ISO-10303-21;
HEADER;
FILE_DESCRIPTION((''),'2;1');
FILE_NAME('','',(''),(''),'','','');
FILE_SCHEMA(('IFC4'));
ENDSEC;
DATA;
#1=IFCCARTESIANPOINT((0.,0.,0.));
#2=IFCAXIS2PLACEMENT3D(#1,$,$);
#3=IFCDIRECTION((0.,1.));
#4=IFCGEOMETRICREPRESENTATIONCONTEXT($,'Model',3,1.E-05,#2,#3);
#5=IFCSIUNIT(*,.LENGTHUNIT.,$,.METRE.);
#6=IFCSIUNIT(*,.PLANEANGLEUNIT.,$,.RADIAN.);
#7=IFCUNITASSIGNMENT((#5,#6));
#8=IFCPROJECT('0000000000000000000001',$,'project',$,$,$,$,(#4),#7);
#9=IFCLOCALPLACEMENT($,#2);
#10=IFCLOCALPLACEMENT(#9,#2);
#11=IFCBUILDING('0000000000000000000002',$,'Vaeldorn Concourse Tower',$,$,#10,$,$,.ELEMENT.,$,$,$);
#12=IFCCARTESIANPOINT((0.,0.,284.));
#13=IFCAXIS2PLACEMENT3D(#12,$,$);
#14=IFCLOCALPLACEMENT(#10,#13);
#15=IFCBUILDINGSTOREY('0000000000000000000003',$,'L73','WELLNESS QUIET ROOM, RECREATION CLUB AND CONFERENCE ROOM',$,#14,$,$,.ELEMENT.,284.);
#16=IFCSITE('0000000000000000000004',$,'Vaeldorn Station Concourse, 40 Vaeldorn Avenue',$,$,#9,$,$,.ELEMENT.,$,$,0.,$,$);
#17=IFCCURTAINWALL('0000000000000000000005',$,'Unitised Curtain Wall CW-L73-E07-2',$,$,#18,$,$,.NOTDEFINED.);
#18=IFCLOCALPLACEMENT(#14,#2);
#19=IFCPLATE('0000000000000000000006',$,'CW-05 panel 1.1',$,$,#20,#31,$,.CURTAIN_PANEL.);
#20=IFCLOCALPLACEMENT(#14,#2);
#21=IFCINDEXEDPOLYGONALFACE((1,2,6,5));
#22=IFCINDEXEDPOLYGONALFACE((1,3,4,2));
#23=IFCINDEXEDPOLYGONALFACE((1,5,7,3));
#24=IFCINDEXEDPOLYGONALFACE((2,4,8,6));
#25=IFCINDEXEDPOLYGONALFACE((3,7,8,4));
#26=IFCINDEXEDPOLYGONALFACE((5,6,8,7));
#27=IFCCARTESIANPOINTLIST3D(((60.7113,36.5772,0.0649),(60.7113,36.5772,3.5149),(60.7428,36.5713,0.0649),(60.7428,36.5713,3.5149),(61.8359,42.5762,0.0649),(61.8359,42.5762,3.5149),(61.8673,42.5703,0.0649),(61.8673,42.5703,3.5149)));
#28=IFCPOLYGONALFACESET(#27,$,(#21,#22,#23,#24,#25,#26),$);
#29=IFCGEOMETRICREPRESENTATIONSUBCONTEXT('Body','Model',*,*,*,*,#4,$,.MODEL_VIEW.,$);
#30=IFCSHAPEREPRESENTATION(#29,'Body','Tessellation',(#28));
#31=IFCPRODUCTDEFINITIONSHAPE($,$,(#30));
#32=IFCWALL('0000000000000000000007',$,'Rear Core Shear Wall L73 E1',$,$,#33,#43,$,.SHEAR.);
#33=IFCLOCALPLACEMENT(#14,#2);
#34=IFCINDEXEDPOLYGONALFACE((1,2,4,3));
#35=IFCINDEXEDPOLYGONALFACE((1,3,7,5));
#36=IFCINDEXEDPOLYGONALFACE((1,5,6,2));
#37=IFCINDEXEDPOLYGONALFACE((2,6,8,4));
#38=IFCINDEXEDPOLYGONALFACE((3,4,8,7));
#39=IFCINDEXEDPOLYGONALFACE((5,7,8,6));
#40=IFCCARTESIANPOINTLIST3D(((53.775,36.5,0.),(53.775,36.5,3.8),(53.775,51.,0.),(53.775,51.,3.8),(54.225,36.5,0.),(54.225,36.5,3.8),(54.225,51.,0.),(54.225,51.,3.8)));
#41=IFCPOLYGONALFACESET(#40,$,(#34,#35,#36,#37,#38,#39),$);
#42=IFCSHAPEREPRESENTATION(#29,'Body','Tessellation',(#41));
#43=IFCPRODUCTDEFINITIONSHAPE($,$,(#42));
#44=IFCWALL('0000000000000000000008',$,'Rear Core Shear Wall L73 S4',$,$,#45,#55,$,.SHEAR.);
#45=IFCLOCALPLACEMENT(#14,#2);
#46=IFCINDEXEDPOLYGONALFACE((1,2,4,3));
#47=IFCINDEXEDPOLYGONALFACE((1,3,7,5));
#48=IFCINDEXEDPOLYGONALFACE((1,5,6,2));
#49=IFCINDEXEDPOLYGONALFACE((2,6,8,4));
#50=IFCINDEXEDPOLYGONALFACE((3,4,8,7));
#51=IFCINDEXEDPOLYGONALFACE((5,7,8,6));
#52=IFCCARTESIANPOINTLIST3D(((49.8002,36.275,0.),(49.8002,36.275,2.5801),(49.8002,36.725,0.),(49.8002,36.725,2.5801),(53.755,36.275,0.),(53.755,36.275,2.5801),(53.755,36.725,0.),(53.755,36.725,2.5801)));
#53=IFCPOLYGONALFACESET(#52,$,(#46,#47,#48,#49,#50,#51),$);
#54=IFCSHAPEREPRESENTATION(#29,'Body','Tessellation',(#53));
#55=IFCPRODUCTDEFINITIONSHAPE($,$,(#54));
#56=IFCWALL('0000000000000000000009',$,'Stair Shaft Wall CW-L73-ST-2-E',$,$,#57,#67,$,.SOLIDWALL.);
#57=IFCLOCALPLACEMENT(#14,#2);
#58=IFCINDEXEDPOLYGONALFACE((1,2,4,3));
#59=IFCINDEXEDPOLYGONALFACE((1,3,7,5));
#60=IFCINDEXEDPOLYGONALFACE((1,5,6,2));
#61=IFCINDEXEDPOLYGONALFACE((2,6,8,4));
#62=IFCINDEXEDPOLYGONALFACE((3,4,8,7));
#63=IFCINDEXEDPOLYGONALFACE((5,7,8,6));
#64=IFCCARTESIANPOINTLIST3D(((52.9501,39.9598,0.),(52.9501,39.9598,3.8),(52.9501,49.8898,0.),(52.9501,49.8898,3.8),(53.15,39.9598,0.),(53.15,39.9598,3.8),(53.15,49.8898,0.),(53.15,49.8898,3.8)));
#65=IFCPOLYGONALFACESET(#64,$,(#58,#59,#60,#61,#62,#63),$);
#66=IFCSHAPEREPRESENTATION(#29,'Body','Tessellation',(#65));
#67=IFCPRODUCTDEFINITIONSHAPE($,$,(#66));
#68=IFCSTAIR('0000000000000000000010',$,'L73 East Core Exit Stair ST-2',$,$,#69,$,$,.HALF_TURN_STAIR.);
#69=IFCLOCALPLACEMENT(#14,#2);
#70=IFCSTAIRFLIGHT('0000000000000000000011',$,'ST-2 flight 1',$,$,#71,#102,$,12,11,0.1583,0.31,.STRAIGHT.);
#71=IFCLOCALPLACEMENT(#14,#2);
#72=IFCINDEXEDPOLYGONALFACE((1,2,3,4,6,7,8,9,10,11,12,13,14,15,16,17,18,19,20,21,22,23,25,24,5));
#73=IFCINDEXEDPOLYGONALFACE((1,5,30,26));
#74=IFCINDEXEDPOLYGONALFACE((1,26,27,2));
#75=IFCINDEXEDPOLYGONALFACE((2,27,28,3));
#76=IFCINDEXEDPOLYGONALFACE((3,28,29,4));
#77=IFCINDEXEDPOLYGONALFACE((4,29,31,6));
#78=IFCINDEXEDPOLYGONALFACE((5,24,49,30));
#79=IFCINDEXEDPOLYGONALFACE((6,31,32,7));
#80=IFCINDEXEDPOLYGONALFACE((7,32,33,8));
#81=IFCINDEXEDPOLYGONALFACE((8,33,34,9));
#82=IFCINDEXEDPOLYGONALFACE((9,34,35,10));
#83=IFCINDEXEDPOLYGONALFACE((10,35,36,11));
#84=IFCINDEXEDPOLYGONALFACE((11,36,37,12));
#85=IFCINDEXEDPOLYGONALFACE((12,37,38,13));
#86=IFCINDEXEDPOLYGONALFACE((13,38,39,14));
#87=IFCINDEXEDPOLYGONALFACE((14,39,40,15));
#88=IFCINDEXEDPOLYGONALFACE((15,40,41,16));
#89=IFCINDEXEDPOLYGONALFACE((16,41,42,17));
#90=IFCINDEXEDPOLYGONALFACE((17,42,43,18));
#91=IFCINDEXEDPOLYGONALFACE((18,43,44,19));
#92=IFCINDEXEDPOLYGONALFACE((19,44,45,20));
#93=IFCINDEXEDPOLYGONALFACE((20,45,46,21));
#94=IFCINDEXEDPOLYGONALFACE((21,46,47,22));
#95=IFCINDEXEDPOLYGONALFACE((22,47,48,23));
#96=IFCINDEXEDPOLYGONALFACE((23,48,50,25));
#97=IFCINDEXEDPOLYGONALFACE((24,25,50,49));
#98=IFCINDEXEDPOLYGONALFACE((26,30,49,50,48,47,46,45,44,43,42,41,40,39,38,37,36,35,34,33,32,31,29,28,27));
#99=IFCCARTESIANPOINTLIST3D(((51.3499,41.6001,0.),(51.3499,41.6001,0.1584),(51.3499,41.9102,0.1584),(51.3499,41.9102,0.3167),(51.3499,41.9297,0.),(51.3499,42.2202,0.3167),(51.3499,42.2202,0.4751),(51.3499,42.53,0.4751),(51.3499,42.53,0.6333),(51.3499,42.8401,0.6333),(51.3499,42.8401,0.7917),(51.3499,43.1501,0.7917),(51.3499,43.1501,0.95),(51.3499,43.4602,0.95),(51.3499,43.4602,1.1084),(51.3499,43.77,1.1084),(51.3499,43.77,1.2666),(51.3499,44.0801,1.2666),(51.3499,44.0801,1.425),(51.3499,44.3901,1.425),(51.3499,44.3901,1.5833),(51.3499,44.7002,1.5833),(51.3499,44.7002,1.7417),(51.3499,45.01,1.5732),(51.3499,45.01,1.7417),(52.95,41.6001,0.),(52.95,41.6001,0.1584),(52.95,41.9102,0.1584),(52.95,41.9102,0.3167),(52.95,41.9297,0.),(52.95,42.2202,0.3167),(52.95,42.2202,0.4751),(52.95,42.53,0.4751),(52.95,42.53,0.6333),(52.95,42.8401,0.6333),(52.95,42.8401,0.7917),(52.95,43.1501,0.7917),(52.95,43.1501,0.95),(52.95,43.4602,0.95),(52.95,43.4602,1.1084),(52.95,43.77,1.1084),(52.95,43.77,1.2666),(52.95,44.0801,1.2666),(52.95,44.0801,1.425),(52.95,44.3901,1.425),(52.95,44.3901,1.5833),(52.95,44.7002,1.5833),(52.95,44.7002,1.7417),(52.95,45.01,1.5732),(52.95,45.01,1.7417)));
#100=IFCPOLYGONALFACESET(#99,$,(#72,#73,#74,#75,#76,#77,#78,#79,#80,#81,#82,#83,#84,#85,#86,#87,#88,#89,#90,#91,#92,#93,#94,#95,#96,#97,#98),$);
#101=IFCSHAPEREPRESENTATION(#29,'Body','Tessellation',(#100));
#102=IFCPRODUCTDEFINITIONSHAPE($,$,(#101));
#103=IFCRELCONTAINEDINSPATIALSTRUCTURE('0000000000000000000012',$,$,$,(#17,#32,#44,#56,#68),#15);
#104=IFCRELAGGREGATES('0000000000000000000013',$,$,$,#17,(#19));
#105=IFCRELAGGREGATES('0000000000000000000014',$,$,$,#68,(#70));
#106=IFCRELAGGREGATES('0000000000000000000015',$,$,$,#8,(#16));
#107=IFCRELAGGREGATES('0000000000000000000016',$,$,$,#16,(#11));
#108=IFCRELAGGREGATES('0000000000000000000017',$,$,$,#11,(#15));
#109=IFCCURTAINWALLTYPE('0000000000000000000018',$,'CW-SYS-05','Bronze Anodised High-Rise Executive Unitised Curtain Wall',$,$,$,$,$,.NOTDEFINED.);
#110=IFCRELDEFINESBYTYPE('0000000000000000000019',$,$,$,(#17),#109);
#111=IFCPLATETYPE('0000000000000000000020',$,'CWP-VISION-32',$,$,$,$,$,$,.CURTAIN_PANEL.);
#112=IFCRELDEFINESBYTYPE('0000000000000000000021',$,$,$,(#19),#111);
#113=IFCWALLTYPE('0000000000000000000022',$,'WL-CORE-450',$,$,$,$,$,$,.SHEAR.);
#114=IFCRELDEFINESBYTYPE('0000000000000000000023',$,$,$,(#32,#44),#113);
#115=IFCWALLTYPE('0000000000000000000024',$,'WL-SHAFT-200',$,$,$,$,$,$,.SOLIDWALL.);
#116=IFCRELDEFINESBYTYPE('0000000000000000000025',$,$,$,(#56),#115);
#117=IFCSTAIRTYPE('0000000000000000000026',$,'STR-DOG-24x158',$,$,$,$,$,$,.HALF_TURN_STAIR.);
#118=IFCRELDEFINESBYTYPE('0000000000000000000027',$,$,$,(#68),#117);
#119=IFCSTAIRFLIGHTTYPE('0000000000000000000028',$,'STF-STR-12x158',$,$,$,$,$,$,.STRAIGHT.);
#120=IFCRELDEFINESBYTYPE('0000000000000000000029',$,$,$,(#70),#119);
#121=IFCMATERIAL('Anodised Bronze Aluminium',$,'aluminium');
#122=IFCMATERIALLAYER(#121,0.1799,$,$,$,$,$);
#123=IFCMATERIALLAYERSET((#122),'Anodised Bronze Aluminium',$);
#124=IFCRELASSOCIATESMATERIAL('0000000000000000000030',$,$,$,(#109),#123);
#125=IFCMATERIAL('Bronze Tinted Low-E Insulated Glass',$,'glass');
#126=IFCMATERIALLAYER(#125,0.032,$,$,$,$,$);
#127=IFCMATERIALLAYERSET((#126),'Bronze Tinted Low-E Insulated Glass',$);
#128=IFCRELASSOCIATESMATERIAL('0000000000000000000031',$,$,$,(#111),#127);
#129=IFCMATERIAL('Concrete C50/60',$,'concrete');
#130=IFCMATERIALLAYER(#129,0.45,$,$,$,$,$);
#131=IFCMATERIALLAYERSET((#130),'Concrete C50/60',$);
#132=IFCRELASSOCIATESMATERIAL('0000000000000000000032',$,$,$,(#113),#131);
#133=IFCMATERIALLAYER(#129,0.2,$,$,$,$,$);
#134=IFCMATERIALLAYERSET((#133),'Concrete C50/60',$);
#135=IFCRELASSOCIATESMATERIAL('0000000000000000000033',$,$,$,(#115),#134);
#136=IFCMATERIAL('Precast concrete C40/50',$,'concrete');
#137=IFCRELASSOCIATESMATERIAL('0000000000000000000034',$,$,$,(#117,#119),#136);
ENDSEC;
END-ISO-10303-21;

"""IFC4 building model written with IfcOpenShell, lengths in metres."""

from ifc_helpers import new_model, si_unit, direction, frame, frame_2d, origin, origin_2d, place, context, subcontext, project, spatial, polyline, rectangle, outline, extrude, source, transform, mapped, material, layer, layer_set, type_object, element, aggregate, save


model = new_model("IFC4")

# Units and contexts
model_context = context("Model", 3, precision=1e-05, world=origin(), true_north=direction((0.0, 1.0)))
body_context = subcontext(model_context, "Body", "Model", "MODEL_VIEW")
ifc_project = project(units=[si_unit("LENGTHUNIT", "METRE"), si_unit("PLANEANGLEUNIT", "RADIAN")], contexts=[model_context])

# Site, building, storey
site_placement = place(None, origin())
site = spatial("IfcSite", under=ifc_project, at=site_placement, Name="Vaeldorn Station Concourse, 40 Vaeldorn Avenue", CompositionType="ELEMENT", RefElevation=0.0)
building_placement = place(site_placement, origin())
building = spatial("IfcBuilding", under=site, at=building_placement, Name="Vaeldorn Concourse Tower", CompositionType="ELEMENT")
storey_placement = place(building_placement, frame((0.0, 0.0, 284.0)))
storey = spatial("IfcBuildingStorey", under=building, at=storey_placement, Name="L73", Description="WELLNESS QUIET ROOM, RECREATION CLUB AND CONFERENCE ROOM", CompositionType="ELEMENT", Elevation=284.0)

# Shared definitions
ifc_material_1 = material(Name="Concrete C50/60", Category="concrete")

# Shared definitions
ifc_material_2 = material(Name="Anodised Bronze Aluminium", Category="aluminium")
ifc_layer_1 = layer(ifc_material_2, 0.1799)
ifc_layer_set_1 = layer_set([ifc_layer_1], Name="Anodised Bronze Aluminium")
curtain_wall_type = type_object("IfcCurtainWallType", Name="CW-SYS-05", Description="Bronze Anodised High-Rise Executive Unitised Curtain Wall", PredefinedType="NOTDEFINED", material=ifc_layer_set_1)

# Curtain wall, plate
curtain_wall_1_placement = place(storey_placement, origin())
curtain_wall_1 = element("IfcCurtainWall", 1, at=curtain_wall_1_placement, inside=storey, type_object=curtain_wall_type, Name="Unitised Curtain Wall CW-L73-E07-2", PredefinedType="NOTDEFINED")
ifc_material_3 = material(Name="Bronze Tinted Low-E Insulated Glass", Category="glass")
ifc_layer_2 = layer(ifc_material_3, 0.032)
ifc_layer_set_2 = layer_set([ifc_layer_2], Name="Bronze Tinted Low-E Insulated Glass")
plate_type = type_object("IfcPlateType", Name="CWP-VISION-32", PredefinedType="CURTAIN_PANEL", material=ifc_layer_set_2)
shared_shape_1 = source(origin(), body_context, "Body", "SweptSolid", [
    extrude(rectangle(XDim=6.1035, YDim=0.032, at=origin_2d()), origin(), (0.0, 0.0, 1.0), 3.45),
])
plate_placement = place(storey_placement, frame((61.2893, 39.5737, 0.0649), z_axis=(0.0, 0.0, 1.0), x_axis=(0.184246, 0.98288, 0.0)))
plate = element("IfcPlate", 2, at=plate_placement, type_object=plate_type, Name="CW-05 panel 1.1", PredefinedType="CURTAIN_PANEL", context=body_context, shape_type="MappedRepresentation", body=[
    mapped(shared_shape_1, transform((0.0, 0.0, 0.0), scale=1.0)),
])
aggregate(curtain_wall_1, [plate])

# Walls
ifc_layer_3 = layer(ifc_material_1, 0.45)
ifc_layer_set_3 = layer_set([ifc_layer_3], Name="Concrete C50/60")
wall_type_1 = type_object("IfcWallType", Name="WL-CORE-450", PredefinedType="SHEAR", material=ifc_layer_set_3)
wall_1_placement = place(storey_placement, frame((54.0, 36.5, 0.0), z_axis=(0.0, 0.0, 1.0), x_axis=(0.0, 1.0, 0.0)))
element("IfcWall", 3, at=wall_1_placement, inside=storey, type_object=wall_type_1, Name="Rear Core Shear Wall L73 E1", PredefinedType="SHEAR", context=body_context, shape_type="SweptSolid", body=[
    extrude(rectangle(XDim=14.5, YDim=0.45, at=frame_2d((7.25, 0.0))), origin(), (0.0, 0.0, 1.0), 3.8),
])
wall_2_placement = place(storey_placement, frame((49.8, 36.5, 0.0), z_axis=(0.0, 0.0, 1.0), x_axis=(1.0, 0.0, 0.0)))
element("IfcWall", 4, at=wall_2_placement, inside=storey, type_object=wall_type_1, Name="Rear Core Shear Wall L73 S4", PredefinedType="SHEAR", context=body_context, shape_type="SweptSolid", body=[
    extrude(rectangle(XDim=3.9548, YDim=0.45, at=frame_2d((1.9775, 0.0))), origin(), (0.0, 0.0, 1.0), 2.5801),
])
ifc_layer_4 = layer(ifc_material_1, 0.2)
ifc_layer_set_4 = layer_set([ifc_layer_4], Name="Concrete C50/60")
wall_type_2 = type_object("IfcWallType", Name="WL-SHAFT-200", PredefinedType="SOLIDWALL", material=ifc_layer_set_4)
wall_3_placement = place(storey_placement, frame((53.05, 39.96, 0.0), z_axis=(0.0, 0.0, 1.0), x_axis=(0.0, 1.0, 0.0)))
element("IfcWall", 5, at=wall_3_placement, inside=storey, type_object=wall_type_2, Name="Stair Shaft Wall CW-L73-ST-2-E", PredefinedType="SOLIDWALL", context=body_context, shape_type="SweptSolid", body=[
    extrude(rectangle(XDim=9.9299, YDim=0.2, at=frame_2d((4.9648, 0.0))), origin(), (0.0, 0.0, 1.0), 3.8),
])

# Stair, stair flight
ifc_material_4 = material(Name="Precast concrete C40/50", Category="concrete")
stair_type = type_object("IfcStairType", Name="STR-DOG-24x158", PredefinedType="HALF_TURN_STAIR", material=ifc_material_4)
stair_placement = place(storey_placement, origin())
stair = element("IfcStair", 6, at=stair_placement, inside=storey, type_object=stair_type, Name="L73 East Core Exit Stair ST-2", PredefinedType="HALF_TURN_STAIR")
stair_flight_type = type_object("IfcStairFlightType", Name="STF-STR-12x158", PredefinedType="STRAIGHT", material=ifc_material_4)
stair_flight_placement = place(storey_placement, frame((52.1499, 41.6001, 0.0), z_axis=(0.0, 0.0, 1.0), x_axis=(0.0, 1.0, 0.0)))
stair_flight = element("IfcStairFlight", 7, at=stair_flight_placement, type_object=stair_flight_type, Name="ST-2 flight 1", NumberOfRisers=12, NumberOfTreads=11, PredefinedType="STRAIGHT", RiserHeight=0.1583, TreadLength=0.31, context=body_context, shape_type="SweptSolid", body=[
    extrude(outline(polyline([(0.0, 0.0), (0.0, 0.1584), (0.3101, 0.1584), (0.3101, 0.3167), (0.6201, 0.3167), (0.6201, 0.4751), (0.9299, 0.4751), (0.9299, 0.6333), (1.24, 0.6333), (1.24, 0.7917), (1.55, 0.7917), (1.55, 0.95), (1.8601, 0.95), (1.8601, 1.1084), (2.1699, 1.1084), (2.1699, 1.2666), (2.48, 1.2666), (2.48, 1.425), (2.79, 1.425), (2.79, 1.5833), (3.1001, 1.5833), (3.1001, 1.7417), (3.4099, 1.7417), (3.4099, 1.8999), (3.4099, 1.5732), (0.3296, 0.0), (0.0, 0.0)])), frame((0.0, 0.8, 0.0), z_axis=(0.0, -1.0, 0.0), x_axis=(1.0, 0.0, 0.0)), (0.0, 0.0, 1.0), 1.6001),
])
aggregate(stair, [stair_flight])

save(model, "model.ifc")
